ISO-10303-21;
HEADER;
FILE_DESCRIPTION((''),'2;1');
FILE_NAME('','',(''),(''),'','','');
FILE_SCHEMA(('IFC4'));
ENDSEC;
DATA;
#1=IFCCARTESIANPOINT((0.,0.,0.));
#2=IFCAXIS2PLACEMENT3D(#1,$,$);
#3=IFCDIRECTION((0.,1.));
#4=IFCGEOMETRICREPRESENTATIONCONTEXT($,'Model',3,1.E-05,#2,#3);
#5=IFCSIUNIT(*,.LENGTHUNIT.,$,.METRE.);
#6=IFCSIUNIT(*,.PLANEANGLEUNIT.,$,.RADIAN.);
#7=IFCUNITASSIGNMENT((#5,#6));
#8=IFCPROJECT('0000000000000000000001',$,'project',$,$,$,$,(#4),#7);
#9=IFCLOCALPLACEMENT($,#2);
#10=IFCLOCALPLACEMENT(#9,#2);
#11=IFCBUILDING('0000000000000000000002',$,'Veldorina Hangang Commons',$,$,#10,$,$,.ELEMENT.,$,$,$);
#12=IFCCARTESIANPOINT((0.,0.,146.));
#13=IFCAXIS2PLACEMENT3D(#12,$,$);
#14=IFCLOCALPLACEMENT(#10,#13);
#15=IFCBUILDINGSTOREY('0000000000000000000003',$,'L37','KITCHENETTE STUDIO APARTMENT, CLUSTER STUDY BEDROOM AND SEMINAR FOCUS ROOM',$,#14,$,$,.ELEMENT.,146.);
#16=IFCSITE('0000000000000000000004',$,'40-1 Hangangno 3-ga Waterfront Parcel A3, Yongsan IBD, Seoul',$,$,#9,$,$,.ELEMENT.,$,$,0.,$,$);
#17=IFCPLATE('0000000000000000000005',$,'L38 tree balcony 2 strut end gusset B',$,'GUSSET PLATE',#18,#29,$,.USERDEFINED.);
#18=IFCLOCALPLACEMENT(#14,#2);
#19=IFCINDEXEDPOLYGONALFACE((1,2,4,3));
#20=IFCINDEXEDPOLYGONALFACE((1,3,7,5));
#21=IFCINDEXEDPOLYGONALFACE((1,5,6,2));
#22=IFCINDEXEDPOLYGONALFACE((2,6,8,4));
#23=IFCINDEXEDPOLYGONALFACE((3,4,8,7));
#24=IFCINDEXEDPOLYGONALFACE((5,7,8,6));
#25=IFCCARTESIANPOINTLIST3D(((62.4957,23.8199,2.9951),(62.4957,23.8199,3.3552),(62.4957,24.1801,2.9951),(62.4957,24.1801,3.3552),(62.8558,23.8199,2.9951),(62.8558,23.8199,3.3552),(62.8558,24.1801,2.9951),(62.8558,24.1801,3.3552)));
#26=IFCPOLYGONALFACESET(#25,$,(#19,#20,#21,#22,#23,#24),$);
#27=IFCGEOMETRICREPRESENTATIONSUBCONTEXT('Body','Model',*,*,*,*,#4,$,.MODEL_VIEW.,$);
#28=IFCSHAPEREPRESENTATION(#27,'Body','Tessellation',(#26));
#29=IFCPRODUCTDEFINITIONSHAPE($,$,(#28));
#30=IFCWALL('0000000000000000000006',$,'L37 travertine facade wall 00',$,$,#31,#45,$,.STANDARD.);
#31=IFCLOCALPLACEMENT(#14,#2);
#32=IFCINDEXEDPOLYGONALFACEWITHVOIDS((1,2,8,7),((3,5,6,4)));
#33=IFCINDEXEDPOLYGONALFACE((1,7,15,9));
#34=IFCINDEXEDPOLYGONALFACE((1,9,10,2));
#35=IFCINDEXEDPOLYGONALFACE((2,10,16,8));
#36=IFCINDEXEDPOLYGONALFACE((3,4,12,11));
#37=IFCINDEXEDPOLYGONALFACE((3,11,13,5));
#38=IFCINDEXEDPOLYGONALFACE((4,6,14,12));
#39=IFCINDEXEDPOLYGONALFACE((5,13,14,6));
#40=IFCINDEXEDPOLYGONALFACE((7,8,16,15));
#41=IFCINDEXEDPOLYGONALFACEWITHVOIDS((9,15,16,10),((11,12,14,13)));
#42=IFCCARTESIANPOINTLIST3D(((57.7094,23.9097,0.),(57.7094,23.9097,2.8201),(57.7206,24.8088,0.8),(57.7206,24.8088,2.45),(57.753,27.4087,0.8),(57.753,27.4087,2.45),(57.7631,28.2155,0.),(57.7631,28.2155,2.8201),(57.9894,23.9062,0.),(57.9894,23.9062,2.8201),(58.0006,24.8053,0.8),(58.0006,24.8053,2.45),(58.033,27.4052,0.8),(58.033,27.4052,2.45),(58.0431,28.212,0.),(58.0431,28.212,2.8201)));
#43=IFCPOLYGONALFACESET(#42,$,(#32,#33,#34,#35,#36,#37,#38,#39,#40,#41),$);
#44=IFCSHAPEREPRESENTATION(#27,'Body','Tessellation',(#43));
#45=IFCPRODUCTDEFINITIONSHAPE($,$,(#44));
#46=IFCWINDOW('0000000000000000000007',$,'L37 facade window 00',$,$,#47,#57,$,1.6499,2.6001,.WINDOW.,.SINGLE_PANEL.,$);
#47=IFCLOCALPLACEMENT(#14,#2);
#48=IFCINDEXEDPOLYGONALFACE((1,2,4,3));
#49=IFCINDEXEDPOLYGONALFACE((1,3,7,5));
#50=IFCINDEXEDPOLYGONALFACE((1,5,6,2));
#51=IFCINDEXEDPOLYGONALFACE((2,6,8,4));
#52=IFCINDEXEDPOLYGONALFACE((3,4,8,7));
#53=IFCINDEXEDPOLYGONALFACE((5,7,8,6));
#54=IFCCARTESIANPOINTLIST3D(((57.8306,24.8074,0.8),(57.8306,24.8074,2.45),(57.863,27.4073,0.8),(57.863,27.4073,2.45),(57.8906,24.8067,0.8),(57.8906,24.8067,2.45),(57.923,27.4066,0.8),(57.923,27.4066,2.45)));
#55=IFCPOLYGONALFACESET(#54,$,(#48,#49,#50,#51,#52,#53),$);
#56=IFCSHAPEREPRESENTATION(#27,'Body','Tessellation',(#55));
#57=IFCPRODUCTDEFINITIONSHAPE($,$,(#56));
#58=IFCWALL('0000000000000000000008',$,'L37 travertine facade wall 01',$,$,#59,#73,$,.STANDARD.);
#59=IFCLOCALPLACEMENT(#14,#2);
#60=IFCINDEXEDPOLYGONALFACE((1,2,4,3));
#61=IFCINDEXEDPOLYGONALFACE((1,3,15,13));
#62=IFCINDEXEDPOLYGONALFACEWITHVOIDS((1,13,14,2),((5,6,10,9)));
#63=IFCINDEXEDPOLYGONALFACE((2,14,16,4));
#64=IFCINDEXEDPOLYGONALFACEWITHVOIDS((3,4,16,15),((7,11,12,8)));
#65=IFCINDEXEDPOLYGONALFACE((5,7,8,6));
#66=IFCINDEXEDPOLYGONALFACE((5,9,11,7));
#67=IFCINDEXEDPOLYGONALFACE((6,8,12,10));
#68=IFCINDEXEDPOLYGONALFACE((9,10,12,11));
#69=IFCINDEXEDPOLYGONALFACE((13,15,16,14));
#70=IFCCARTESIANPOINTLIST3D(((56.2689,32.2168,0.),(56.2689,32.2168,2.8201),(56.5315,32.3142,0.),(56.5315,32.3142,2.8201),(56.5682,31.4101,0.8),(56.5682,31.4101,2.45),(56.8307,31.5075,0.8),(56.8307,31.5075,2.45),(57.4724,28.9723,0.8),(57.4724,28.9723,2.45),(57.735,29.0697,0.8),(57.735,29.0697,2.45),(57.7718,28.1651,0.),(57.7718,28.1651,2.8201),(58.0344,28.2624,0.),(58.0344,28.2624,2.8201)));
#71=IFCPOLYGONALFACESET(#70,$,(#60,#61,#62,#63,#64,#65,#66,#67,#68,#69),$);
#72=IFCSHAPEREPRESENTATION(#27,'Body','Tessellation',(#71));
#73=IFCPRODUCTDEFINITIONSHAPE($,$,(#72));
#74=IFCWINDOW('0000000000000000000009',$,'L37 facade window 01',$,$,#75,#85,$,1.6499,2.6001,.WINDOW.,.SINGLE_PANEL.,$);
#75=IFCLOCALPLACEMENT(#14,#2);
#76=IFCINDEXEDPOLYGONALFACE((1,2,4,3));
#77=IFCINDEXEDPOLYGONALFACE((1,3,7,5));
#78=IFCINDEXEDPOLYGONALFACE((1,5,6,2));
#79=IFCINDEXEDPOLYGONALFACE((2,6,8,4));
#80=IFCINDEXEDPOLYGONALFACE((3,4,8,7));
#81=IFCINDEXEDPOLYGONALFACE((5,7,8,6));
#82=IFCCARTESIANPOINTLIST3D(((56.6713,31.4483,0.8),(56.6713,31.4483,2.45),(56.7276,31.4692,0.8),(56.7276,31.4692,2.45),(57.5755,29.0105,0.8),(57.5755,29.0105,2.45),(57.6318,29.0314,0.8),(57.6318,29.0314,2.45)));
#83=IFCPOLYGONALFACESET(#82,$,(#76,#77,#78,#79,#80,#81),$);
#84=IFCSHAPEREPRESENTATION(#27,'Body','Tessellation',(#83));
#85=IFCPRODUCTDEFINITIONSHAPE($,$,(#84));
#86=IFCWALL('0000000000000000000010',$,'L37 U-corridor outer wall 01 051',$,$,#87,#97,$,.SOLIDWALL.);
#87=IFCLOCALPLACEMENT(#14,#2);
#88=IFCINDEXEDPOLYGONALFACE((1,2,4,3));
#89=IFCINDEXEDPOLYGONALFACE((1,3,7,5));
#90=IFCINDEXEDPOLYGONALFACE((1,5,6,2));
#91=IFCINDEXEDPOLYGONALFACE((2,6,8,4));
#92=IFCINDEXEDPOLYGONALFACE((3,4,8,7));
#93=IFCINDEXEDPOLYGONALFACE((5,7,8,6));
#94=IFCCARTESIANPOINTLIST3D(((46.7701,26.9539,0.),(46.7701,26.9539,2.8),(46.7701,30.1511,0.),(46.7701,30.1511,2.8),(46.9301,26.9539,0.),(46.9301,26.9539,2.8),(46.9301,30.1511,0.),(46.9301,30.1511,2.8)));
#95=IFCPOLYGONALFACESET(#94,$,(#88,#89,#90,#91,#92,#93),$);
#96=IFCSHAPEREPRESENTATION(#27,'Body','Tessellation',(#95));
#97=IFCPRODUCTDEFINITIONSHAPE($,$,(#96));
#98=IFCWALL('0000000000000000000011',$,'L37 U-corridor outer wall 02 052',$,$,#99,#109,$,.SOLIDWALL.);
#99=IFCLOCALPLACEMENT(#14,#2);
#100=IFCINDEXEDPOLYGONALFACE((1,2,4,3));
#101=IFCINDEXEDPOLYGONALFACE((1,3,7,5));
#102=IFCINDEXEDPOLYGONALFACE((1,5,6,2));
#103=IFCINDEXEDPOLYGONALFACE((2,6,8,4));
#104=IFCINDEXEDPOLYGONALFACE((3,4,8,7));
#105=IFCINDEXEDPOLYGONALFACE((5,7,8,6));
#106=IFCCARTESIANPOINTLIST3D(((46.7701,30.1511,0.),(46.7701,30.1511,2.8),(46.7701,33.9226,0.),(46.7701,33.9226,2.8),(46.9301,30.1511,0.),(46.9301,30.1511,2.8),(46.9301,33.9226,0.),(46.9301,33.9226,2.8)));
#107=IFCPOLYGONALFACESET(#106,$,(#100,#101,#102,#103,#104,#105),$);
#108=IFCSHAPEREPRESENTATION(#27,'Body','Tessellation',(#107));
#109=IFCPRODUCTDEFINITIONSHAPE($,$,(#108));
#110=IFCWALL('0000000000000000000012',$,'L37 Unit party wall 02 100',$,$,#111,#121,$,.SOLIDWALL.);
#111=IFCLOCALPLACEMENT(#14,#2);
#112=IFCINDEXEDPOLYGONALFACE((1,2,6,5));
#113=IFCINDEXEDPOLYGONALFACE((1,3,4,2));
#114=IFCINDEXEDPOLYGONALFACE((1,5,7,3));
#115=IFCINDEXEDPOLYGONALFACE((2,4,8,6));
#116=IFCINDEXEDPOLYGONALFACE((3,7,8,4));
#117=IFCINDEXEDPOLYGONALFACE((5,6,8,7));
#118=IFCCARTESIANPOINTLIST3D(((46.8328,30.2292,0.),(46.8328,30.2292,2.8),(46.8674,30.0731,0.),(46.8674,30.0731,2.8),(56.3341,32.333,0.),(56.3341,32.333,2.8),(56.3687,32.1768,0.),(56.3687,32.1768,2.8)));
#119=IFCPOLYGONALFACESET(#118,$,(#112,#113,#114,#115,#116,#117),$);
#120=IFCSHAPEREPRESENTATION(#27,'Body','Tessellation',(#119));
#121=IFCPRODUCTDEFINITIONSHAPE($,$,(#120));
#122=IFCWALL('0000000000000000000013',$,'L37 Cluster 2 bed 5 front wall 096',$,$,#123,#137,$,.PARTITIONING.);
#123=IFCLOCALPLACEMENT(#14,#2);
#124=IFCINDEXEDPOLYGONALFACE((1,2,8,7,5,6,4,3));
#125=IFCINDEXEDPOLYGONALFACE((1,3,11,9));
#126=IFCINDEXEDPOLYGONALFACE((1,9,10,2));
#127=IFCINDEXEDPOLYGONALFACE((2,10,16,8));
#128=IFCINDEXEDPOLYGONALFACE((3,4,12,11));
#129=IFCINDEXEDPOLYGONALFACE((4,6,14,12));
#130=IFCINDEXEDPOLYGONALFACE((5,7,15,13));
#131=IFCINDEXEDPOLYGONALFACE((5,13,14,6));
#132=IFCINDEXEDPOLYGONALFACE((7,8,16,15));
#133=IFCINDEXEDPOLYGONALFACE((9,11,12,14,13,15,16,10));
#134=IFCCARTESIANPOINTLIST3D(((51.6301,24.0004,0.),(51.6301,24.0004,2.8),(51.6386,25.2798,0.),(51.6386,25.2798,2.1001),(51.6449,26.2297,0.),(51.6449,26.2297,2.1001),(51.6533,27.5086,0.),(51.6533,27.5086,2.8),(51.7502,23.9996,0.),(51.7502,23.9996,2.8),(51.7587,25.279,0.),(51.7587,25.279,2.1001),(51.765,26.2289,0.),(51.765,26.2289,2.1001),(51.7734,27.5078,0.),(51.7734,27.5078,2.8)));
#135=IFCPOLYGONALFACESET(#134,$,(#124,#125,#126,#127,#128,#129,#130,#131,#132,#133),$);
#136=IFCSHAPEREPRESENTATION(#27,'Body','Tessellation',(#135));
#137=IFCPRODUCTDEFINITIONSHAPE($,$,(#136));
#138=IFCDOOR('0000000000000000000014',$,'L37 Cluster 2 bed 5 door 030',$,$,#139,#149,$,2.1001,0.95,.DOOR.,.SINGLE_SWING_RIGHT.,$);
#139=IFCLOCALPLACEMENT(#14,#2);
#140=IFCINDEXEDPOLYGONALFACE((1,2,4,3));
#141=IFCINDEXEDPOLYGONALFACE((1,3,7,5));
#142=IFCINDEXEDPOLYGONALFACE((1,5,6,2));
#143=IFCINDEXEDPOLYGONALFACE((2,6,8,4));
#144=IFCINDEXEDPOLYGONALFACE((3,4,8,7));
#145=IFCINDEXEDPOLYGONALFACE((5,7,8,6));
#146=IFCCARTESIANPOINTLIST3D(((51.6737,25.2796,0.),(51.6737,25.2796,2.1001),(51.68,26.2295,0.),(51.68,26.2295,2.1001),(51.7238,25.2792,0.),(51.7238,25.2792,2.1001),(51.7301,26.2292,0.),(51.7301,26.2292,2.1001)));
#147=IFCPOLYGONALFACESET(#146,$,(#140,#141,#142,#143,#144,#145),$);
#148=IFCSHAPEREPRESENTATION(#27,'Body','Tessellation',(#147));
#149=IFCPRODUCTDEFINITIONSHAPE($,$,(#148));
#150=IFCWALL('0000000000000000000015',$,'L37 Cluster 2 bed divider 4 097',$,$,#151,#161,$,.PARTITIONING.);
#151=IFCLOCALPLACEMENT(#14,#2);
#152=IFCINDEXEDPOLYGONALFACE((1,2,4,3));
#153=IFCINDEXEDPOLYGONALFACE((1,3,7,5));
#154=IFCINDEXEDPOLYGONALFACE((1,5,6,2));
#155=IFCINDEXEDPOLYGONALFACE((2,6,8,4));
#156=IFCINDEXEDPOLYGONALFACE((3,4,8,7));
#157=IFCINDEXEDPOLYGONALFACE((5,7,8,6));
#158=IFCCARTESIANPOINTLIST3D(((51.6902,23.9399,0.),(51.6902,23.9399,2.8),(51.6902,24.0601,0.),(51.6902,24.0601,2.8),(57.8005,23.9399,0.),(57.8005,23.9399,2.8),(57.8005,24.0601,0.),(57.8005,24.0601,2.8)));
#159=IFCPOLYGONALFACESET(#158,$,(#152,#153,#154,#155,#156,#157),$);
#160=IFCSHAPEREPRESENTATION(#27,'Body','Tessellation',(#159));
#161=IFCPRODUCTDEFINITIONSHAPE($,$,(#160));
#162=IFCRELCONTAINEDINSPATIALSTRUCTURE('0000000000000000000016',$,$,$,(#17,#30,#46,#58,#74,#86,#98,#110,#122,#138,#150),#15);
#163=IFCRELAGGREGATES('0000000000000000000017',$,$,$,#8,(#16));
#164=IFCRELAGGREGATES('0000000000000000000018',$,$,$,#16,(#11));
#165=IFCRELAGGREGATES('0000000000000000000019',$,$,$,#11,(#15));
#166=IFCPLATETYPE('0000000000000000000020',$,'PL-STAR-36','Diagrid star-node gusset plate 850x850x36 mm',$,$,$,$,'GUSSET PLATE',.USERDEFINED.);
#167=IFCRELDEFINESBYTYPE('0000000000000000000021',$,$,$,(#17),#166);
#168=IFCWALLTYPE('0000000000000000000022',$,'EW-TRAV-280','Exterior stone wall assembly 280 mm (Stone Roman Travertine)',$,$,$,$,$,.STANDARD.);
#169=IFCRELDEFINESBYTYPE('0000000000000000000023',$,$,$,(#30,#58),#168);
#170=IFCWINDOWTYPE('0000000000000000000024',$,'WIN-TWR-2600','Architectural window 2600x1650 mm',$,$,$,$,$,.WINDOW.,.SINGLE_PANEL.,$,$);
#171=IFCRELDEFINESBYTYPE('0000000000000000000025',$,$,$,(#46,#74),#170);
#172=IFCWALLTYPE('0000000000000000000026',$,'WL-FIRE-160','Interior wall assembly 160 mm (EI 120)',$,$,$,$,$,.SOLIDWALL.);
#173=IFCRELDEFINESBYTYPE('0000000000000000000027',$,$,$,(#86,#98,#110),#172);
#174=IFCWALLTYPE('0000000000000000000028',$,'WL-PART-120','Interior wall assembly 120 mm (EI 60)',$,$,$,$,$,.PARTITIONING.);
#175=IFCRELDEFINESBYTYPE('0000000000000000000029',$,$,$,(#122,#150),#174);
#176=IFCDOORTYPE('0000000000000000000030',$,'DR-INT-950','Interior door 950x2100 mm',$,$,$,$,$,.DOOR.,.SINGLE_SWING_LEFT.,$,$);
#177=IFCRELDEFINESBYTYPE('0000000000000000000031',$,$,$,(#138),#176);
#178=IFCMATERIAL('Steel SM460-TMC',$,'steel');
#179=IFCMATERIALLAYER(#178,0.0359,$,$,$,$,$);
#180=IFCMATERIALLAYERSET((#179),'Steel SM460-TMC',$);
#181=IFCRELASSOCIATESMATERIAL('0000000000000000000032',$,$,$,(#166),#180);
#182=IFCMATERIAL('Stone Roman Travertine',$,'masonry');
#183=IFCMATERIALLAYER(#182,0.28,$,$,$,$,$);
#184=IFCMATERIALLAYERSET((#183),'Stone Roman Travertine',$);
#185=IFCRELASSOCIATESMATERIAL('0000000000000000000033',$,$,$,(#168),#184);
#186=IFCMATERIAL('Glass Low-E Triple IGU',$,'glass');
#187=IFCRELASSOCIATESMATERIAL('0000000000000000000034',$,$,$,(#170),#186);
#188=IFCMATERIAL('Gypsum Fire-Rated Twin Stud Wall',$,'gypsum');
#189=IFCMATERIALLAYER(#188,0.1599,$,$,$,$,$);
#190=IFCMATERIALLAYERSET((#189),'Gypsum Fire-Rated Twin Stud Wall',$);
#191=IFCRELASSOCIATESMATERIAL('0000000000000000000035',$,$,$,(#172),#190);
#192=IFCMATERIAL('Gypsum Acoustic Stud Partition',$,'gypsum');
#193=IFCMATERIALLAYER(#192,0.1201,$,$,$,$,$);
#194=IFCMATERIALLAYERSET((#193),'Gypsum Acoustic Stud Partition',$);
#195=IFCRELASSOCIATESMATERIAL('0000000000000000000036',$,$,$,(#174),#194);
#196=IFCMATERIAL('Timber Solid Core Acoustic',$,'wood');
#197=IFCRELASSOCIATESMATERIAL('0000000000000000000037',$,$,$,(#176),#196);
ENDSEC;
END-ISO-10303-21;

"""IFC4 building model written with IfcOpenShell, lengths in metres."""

from ifc_helpers import new_model, si_unit, direction, frame, frame_2d, origin, origin_2d, place, context, subcontext, project, spatial, rectangle, extrude, material, layer, layer_set, type_object, element, fill, save


model = new_model("IFC4")

# Units and contexts
model_context = context("Model", 3, precision=1e-05, world=origin(), true_north=direction((0.0, 1.0)))
body_context = subcontext(model_context, "Body", "Model", "MODEL_VIEW")
ifc_project = project(units=[si_unit("LENGTHUNIT", "METRE"), si_unit("PLANEANGLEUNIT", "RADIAN")], contexts=[model_context])

# Site, building, storey
site_placement = place(None, origin())
site = spatial("IfcSite", under=ifc_project, at=site_placement, Name="40-1 Hangangno 3-ga Waterfront Parcel A3, Yongsan IBD, Seoul", CompositionType="ELEMENT", RefElevation=0.0)
building_placement = place(site_placement, origin())
building = spatial("IfcBuilding", under=site, at=building_placement, Name="Veldorina Hangang Commons", CompositionType="ELEMENT")
storey_placement = place(building_placement, frame((0.0, 0.0, 146.0)))
storey = spatial("IfcBuildingStorey", under=building, at=storey_placement, Name="L37", Description="KITCHENETTE STUDIO APARTMENT, CLUSTER STUDY BEDROOM AND SEMINAR FOCUS ROOM", CompositionType="ELEMENT", Elevation=146.0)

# Shared definitions
ifc_material_1 = material(Name="Glass Low-E Triple IGU", Category="glass")

# Plate
ifc_material_2 = material(Name="Steel SM460-TMC", Category="steel")
ifc_layer_1 = layer(ifc_material_2, 0.0359)
ifc_layer_set_1 = layer_set([ifc_layer_1], Name="Steel SM460-TMC")
plate_type_1 = type_object("IfcPlateType", Name="PL-STAR-36", Description="Diagrid star-node gusset plate 850x850x36 mm", ElementType="GUSSET PLATE", PredefinedType="USERDEFINED", material=ifc_layer_set_1)
plate_1_placement = place(storey_placement, frame((62.6758, 24.0, 2.9951), z_axis=(0.0, 0.0, 1.0), x_axis=(1.0, 0.0, 0.0)))
element("IfcPlate", 1, at=plate_1_placement, inside=storey, type_object=plate_type_1, Name="L38 tree balcony 2 strut end gusset B", ObjectType="GUSSET PLATE", PredefinedType="USERDEFINED", context=body_context, shape_type="SweptSolid", body=[
    extrude(rectangle(XDim=0.3601, YDim=0.3601, at=origin_2d()), origin(), (0.0, 0.0, 1.0), 0.3601),
])

# Walls, openings, windows
ifc_material_3 = material(Name="Stone Roman Travertine", Category="masonry")
ifc_layer_2 = layer(ifc_material_3, 0.28)
ifc_layer_set_2 = layer_set([ifc_layer_2], Name="Stone Roman Travertine")
wall_type_1 = type_object("IfcWallType", Name="EW-TRAV-280", Description="Exterior stone wall assembly 280 mm (Stone Roman Travertine)", PredefinedType="STANDARD", material=ifc_layer_set_2)
wall_1_placement = place(storey_placement, frame((57.8494, 23.908, 0.0), z_axis=(0.0, 0.0, 1.0), x_axis=(0.012473, 0.999922, 0.0)))
wall_1 = element("IfcWall", 2, at=wall_1_placement, inside=storey, type_object=wall_type_1, Name="L37 travertine facade wall 00", PredefinedType="STANDARD", context=body_context, shape_type="SweptSolid", body=[
    extrude(rectangle(XDim=4.3062, YDim=0.28, at=frame_2d((2.1531, 0.0))), origin(), (0.0, 0.0, 1.0), 2.8201),
])
opening_1_placement = place(wall_1_placement, frame((0.8992, 0.0, 0.8)))
opening_1 = element("IfcOpeningElement", 3, at=opening_1_placement, cuts=wall_1, PredefinedType="OPENING", context=body_context, shape_type="SweptSolid", body=[
    extrude(rectangle(XDim=2.6001, YDim=1.6499, at=frame_2d((1.3, 0.825))), frame((0.0, 0.1499, 0.0), z_axis=(0.0, -1.0, 0.0), x_axis=(1.0, 0.0, 0.0)), (0.0, 0.0, 1.0), 0.3),
])
window_type = type_object("IfcWindowType", Name="WIN-TWR-2600", Description="Architectural window 2600x1650 mm", PartitioningType="SINGLE_PANEL", PredefinedType="WINDOW", material=ifc_material_1)
window_1_placement = place(opening_1_placement, origin())
window_1 = element("IfcWindow", 4, at=window_1_placement, inside=storey, type_object=window_type, Name="L37 facade window 00", OverallHeight=1.6499, OverallWidth=2.6001, PartitioningType="SINGLE_PANEL", PredefinedType="WINDOW", context=body_context, shape_type="SweptSolid", body=[
    extrude(rectangle(XDim=2.6001, YDim=1.6499, at=frame_2d((1.3, 0.825))), frame((0.0, 0.03, 0.0), z_axis=(0.0, -1.0, 0.0), x_axis=(1.0, 0.0, 0.0)), (0.0, 0.0, 1.0), 0.0601),
])
fill(opening_1, window_1)
wall_2_placement = place(storey_placement, frame((57.9031, 28.2139, 0.0), z_axis=(0.0, 0.0, 1.0), x_axis=(-0.347778, 0.937577, 0.0)))
wall_2 = element("IfcWall", 5, at=wall_2_placement, inside=storey, type_object=wall_type_1, Name="L37 travertine facade wall 01", PredefinedType="STANDARD", context=body_context, shape_type="SweptSolid", body=[
    extrude(rectangle(XDim=4.3215, YDim=0.28, at=frame_2d((2.1606, 0.0))), origin(), (0.0, 0.0, 1.0), 2.8201),
])
opening_2_placement = place(wall_2_placement, frame((0.8608, 0.0, 0.8)))
opening_2 = element("IfcOpeningElement", 6, at=opening_2_placement, cuts=wall_2, PredefinedType="OPENING", context=body_context, shape_type="SweptSolid", body=[
    extrude(rectangle(XDim=2.6001, YDim=1.6499, at=frame_2d((1.3, 0.825))), frame((0.0, 0.1499, 0.0), z_axis=(0.0, -1.0, 0.0), x_axis=(1.0, 0.0, 0.0)), (0.0, 0.0, 1.0), 0.3),
])
window_2_placement = place(opening_2_placement, origin())
window_2 = element("IfcWindow", 7, at=window_2_placement, inside=storey, type_object=window_type, Name="L37 facade window 01", OverallHeight=1.6499, OverallWidth=2.6001, PartitioningType="SINGLE_PANEL", PredefinedType="WINDOW", context=body_context, shape_type="SweptSolid", body=[
    extrude(rectangle(XDim=2.6001, YDim=1.6499, at=frame_2d((1.3, 0.825))), frame((0.0, 0.03, 0.0), z_axis=(0.0, -1.0, 0.0), x_axis=(1.0, 0.0, 0.0)), (0.0, 0.0, 1.0), 0.0601),
])
fill(opening_2, window_2)

# Walls
ifc_material_4 = material(Name="Gypsum Fire-Rated Twin Stud Wall", Category="gypsum")
ifc_layer_3 = layer(ifc_material_4, 0.1599)
ifc_layer_set_3 = layer_set([ifc_layer_3], Name="Gypsum Fire-Rated Twin Stud Wall")
wall_type_2 = type_object("IfcWallType", Name="WL-FIRE-160", Description="Interior wall assembly 160 mm (EI 120)", PredefinedType="SOLIDWALL", material=ifc_layer_set_3)
wall_3_placement = place(storey_placement, frame((46.8501, 26.9539, 0.0), z_axis=(0.0, 0.0, 1.0), x_axis=(0.0, 1.0, 0.0)))
element("IfcWall", 8, at=wall_3_placement, inside=storey, type_object=wall_type_2, Name="L37 U-corridor outer wall 01 051", PredefinedType="SOLIDWALL", context=body_context, shape_type="SweptSolid", body=[
    extrude(rectangle(XDim=3.1973, YDim=0.1599, at=frame_2d((1.5986, 0.0))), origin(), (0.0, 0.0, 1.0), 2.8),
])
wall_4_placement = place(storey_placement, frame((46.8501, 30.1511, 0.0), z_axis=(0.0, 0.0, 1.0), x_axis=(0.0, 1.0, 0.0)))
element("IfcWall", 9, at=wall_4_placement, inside=storey, type_object=wall_type_2, Name="L37 U-corridor outer wall 02 052", PredefinedType="SOLIDWALL", context=body_context, shape_type="SweptSolid", body=[
    extrude(rectangle(XDim=3.7715, YDim=0.1599, at=frame_2d((1.8857, 0.0))), origin(), (0.0, 0.0, 1.0), 2.8),
])
wall_5_placement = place(storey_placement, frame((46.8501, 30.1511, 0.0), z_axis=(0.0, 0.0, 1.0), x_axis=(0.976353, 0.216184, 0.0)))
element("IfcWall", 10, at=wall_5_placement, inside=storey, type_object=wall_type_2, Name="L37 Unit party wall 02 100", PredefinedType="SOLIDWALL", context=body_context, shape_type="SweptSolid", body=[
    extrude(rectangle(XDim=9.7314, YDim=0.1599, at=frame_2d((4.8657, 0.0))), origin(), (0.0, 0.0, 1.0), 2.8),
])

# Wall, opening, door
ifc_material_5 = material(Name="Gypsum Acoustic Stud Partition", Category="gypsum")
ifc_layer_4 = layer(ifc_material_5, 0.1201)
ifc_layer_set_4 = layer_set([ifc_layer_4], Name="Gypsum Acoustic Stud Partition")
wall_type_3 = type_object("IfcWallType", Name="WL-PART-120", Description="Interior wall assembly 120 mm (EI 60)", PredefinedType="PARTITIONING", material=ifc_layer_set_4)
wall_6_placement = place(storey_placement, frame((51.6902, 24.0, 0.0), z_axis=(0.0, 0.0, 1.0), x_axis=(0.006611, 0.999978, 0.0)))
wall_6 = element("IfcWall", 11, at=wall_6_placement, inside=storey, type_object=wall_type_3, Name="L37 Cluster 2 bed 5 front wall 096", PredefinedType="PARTITIONING", context=body_context, shape_type="SweptSolid", body=[
    extrude(rectangle(XDim=3.5083, YDim=0.1201, at=frame_2d((1.7542, 0.0))), origin(), (0.0, 0.0, 1.0), 2.8),
])
opening_3_placement = place(wall_6_placement, frame((1.2793, 0.0, 0.0)))
opening_3 = element("IfcOpeningElement", 12, at=opening_3_placement, cuts=wall_6, PredefinedType="OPENING", context=body_context, shape_type="SweptSolid", body=[
    extrude(rectangle(XDim=0.95, YDim=2.1001, at=frame_2d((0.4751, 1.05))), frame((0.0, 0.0701, 0.0), z_axis=(0.0, -1.0, 0.0), x_axis=(1.0, 0.0, 0.0)), (0.0, 0.0, 1.0), 0.1401),
])
ifc_material_6 = material(Name="Timber Solid Core Acoustic", Category="wood")
door_type = type_object("IfcDoorType", Name="DR-INT-950", Description="Interior door 950x2100 mm", OperationType="SINGLE_SWING_LEFT", PredefinedType="DOOR", material=ifc_material_6)
door_1_placement = place(opening_3_placement, origin())
door_1 = element("IfcDoor", 13, at=door_1_placement, inside=storey, type_object=door_type, Name="L37 Cluster 2 bed 5 door 030", OperationType="SINGLE_SWING_RIGHT", OverallHeight=2.1001, OverallWidth=0.95, PredefinedType="DOOR", context=body_context, shape_type="SweptSolid", body=[
    extrude(rectangle(XDim=0.95, YDim=2.1001, at=frame_2d((0.4751, 1.05))), frame((0.0, 0.0249, 0.0), z_axis=(0.0, -1.0, 0.0), x_axis=(1.0, 0.0, 0.0)), (0.0, 0.0, 1.0), 0.05),
])
fill(opening_3, door_1)

# Wall
wall_7_placement = place(storey_placement, frame((51.6902, 24.0, 0.0), z_axis=(0.0, 0.0, 1.0), x_axis=(1.0, 0.0, 0.0)))
element("IfcWall", 14, at=wall_7_placement, inside=storey, type_object=wall_type_3, Name="L37 Cluster 2 bed divider 4 097", PredefinedType="PARTITIONING", context=body_context, shape_type="SweptSolid", body=[
    extrude(rectangle(XDim=6.1104, YDim=0.1201, at=frame_2d((3.0552, 0.0))), origin(), (0.0, 0.0, 1.0), 2.8),
])

save(model, "model.ifc")
